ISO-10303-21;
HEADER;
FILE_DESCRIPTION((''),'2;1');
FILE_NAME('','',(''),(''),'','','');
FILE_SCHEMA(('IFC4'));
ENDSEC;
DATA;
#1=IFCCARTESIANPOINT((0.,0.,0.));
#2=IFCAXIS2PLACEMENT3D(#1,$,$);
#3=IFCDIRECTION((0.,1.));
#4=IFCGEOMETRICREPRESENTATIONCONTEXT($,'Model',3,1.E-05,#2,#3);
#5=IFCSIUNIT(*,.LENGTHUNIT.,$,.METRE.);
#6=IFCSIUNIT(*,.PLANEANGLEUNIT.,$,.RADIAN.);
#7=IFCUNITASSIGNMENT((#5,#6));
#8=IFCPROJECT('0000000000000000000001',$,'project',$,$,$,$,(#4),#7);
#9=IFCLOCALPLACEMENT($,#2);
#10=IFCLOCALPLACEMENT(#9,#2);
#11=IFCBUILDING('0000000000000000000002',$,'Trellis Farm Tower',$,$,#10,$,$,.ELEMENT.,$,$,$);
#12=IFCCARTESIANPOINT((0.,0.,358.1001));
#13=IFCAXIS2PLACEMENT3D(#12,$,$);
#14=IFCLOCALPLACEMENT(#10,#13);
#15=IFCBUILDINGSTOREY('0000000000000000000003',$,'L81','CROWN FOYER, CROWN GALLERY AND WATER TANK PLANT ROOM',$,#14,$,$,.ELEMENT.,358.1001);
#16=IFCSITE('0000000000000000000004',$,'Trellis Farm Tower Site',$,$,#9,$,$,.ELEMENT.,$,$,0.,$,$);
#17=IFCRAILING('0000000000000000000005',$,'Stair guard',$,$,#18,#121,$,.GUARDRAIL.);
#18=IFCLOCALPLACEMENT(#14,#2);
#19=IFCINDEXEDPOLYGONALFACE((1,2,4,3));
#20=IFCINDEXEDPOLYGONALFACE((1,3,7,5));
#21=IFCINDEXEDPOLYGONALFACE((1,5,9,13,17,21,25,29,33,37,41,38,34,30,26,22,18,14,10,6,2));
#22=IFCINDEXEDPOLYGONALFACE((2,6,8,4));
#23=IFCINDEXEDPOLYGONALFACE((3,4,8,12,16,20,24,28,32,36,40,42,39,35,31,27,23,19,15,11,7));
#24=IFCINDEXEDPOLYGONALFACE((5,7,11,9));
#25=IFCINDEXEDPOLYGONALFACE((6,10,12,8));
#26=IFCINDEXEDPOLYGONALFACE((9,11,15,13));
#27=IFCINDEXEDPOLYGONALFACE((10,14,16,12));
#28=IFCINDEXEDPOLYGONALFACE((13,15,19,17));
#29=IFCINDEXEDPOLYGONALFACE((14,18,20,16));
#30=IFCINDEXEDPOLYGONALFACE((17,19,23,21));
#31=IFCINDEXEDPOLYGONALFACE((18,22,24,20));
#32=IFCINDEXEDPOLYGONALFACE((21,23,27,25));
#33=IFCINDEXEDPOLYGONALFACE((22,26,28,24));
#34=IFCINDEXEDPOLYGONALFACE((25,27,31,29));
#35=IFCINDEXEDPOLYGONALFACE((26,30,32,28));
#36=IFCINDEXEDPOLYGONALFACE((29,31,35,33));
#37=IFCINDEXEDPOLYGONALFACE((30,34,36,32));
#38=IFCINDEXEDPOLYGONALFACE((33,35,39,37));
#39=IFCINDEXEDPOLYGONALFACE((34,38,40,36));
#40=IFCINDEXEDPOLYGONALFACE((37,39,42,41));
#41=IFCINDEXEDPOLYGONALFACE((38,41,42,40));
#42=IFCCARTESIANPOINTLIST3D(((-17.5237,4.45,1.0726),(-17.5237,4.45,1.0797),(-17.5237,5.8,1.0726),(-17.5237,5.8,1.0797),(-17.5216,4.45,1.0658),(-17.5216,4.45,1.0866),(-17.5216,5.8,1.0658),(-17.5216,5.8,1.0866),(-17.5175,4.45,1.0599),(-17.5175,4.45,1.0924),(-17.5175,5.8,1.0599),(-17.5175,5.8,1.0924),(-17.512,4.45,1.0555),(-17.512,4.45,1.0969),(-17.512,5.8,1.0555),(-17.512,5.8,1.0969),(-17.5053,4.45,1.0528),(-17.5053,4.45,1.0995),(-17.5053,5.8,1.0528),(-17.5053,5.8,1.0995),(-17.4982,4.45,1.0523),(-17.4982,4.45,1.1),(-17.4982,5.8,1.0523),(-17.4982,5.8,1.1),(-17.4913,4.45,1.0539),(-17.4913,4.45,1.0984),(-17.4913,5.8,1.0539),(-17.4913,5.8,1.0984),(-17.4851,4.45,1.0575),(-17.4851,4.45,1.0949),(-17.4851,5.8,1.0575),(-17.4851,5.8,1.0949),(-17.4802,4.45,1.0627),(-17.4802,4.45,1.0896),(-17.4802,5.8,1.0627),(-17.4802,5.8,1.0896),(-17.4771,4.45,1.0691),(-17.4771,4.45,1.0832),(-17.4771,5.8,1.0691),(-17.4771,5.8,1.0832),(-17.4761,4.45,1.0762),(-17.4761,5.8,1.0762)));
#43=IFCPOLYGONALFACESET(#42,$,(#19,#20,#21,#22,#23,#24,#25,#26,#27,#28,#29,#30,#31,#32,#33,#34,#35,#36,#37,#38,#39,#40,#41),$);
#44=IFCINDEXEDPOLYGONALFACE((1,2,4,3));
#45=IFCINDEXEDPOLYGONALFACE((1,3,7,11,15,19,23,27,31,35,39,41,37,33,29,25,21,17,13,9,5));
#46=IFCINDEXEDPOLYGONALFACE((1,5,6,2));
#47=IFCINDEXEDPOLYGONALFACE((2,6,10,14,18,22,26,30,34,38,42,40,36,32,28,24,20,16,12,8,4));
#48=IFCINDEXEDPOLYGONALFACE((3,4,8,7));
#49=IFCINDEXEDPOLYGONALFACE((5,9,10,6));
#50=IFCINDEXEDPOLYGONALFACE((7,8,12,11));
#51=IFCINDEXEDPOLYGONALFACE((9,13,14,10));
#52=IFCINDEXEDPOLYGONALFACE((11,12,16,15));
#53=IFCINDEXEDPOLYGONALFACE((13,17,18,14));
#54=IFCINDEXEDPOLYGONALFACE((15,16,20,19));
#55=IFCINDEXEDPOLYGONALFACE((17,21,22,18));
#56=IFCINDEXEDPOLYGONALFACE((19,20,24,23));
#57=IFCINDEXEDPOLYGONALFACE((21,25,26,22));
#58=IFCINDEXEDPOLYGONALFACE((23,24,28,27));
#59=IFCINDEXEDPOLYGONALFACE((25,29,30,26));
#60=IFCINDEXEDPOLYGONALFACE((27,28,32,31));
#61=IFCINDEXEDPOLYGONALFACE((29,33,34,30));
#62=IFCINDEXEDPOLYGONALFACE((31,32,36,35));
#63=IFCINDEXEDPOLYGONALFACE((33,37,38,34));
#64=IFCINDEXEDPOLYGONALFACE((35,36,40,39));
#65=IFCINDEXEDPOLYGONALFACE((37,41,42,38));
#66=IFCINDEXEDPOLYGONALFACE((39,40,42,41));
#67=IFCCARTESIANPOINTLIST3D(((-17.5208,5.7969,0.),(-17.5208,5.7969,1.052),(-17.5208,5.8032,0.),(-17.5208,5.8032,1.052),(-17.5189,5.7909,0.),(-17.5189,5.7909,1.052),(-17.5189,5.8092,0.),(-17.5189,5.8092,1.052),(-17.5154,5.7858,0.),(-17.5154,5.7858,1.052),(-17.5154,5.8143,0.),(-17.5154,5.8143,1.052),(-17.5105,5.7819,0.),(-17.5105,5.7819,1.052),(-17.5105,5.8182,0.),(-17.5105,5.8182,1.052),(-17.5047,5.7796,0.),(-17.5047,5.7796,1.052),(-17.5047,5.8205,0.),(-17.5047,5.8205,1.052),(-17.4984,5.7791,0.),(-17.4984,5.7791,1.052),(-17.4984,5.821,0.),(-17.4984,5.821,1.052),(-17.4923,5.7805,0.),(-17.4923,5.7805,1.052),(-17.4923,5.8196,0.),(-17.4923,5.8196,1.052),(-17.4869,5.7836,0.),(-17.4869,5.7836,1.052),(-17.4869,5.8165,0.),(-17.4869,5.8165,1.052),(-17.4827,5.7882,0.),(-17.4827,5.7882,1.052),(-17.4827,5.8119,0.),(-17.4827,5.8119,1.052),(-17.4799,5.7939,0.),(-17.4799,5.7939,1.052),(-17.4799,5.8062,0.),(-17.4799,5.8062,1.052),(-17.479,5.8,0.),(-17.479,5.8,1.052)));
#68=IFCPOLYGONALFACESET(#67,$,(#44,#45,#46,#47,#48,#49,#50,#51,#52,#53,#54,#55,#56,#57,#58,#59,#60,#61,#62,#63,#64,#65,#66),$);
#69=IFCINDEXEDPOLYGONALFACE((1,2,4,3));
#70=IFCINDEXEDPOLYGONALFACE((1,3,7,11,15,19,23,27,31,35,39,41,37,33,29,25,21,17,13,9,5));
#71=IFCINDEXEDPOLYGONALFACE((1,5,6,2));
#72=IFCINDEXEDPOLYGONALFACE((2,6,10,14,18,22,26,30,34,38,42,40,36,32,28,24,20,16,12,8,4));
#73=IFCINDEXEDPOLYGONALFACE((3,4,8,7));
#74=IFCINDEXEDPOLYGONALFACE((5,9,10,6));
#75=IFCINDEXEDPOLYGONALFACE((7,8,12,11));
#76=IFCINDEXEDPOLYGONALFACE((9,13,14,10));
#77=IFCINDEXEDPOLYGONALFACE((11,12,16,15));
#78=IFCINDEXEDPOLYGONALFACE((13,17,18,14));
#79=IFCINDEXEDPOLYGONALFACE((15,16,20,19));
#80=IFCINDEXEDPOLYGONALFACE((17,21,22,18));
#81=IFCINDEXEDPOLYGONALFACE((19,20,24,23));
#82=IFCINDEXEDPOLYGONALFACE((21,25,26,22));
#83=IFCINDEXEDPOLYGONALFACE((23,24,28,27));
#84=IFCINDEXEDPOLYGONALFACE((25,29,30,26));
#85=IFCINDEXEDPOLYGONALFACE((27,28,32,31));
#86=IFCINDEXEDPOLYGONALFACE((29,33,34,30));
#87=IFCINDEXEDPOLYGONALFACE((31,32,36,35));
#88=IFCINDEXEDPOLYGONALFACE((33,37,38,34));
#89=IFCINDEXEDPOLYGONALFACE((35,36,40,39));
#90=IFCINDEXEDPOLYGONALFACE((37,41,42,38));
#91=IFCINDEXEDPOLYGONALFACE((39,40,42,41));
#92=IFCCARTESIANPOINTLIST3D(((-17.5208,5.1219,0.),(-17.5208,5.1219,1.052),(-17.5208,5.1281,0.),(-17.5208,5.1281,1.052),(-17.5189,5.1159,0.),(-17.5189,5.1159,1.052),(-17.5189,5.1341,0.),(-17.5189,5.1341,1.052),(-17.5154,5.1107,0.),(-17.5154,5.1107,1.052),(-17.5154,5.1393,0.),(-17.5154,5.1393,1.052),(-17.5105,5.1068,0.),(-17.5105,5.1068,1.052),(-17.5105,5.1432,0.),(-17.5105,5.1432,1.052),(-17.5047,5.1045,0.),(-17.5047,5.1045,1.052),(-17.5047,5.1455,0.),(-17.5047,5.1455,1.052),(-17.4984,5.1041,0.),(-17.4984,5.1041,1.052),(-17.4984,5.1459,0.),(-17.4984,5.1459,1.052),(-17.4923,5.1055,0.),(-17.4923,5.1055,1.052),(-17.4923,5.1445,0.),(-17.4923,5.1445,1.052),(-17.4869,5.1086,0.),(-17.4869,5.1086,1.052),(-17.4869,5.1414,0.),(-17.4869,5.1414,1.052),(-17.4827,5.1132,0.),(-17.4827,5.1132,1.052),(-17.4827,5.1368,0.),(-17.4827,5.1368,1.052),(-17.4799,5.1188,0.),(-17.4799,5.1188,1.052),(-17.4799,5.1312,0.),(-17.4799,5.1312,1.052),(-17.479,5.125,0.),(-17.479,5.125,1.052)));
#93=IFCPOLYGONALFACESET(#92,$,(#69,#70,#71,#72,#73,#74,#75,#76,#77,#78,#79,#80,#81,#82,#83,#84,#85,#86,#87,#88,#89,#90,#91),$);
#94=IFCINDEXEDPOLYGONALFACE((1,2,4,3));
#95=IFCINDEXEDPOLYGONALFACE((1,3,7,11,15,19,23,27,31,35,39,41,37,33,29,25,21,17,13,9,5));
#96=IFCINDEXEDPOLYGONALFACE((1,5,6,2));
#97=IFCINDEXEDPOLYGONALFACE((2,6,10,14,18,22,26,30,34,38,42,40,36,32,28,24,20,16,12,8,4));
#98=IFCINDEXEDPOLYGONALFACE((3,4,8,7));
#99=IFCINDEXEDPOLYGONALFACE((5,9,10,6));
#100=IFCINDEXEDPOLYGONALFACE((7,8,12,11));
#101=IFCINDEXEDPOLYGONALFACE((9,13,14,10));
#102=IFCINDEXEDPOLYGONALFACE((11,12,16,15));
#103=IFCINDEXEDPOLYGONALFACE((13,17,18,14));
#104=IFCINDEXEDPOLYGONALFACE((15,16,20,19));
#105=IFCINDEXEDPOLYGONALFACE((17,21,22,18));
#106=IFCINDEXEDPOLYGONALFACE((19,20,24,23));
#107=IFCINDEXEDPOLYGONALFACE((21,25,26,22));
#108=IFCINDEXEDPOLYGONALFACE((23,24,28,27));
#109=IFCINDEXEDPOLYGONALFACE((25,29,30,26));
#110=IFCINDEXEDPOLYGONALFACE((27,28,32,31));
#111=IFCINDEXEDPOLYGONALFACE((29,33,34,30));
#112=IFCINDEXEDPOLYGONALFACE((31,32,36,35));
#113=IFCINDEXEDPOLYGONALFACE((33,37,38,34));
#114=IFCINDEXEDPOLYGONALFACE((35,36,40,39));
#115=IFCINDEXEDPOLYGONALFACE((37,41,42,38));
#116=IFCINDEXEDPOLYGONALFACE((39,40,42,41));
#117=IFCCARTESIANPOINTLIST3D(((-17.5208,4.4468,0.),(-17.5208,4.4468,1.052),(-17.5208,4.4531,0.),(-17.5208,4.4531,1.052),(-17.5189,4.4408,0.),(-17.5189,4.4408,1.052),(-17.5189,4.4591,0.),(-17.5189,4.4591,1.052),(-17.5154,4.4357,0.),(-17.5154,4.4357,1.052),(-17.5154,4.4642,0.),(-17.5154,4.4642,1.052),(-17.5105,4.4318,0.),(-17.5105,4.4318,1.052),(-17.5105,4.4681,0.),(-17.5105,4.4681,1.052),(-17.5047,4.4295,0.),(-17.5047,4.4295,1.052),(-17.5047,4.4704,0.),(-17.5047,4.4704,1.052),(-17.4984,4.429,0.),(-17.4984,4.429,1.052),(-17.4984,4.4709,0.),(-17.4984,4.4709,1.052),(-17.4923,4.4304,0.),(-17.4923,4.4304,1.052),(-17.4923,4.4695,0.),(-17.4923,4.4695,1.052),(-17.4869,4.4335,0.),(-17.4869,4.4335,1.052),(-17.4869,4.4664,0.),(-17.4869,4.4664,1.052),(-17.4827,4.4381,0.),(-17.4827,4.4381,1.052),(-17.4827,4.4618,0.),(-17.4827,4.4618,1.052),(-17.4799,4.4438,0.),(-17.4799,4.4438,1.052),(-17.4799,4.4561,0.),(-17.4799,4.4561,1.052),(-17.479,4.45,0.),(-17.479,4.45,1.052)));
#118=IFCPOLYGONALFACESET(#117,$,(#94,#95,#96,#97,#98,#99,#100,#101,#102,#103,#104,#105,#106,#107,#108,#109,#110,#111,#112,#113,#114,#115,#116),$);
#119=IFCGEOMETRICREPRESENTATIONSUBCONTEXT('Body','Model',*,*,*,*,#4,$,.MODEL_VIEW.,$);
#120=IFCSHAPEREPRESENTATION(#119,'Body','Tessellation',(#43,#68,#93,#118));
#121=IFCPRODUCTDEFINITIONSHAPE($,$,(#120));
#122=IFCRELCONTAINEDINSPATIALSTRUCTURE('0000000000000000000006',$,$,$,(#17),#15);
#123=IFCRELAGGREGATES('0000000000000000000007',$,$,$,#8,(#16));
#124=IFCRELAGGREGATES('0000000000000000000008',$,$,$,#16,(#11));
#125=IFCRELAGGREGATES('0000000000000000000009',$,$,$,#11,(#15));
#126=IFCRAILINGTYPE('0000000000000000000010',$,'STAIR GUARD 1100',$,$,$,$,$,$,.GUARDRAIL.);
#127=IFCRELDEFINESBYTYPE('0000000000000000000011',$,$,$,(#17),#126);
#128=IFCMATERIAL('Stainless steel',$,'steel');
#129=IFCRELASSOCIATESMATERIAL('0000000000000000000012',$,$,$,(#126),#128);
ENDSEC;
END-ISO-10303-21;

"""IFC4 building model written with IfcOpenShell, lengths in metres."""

from ifc_helpers import new_model, si_unit, direction, frame, origin, origin_2d, place, context, subcontext, project, spatial, circle, extrude, source, transform, mapped, material, type_object, element, save


model = new_model("IFC4")

# Units and contexts
model_context = context("Model", 3, precision=1e-05, world=origin(), true_north=direction((0.0, 1.0)))
body_context = subcontext(model_context, "Body", "Model", "MODEL_VIEW")
ifc_project = project(units=[si_unit("LENGTHUNIT", "METRE"), si_unit("PLANEANGLEUNIT", "RADIAN")], contexts=[model_context])

# Site, building, storey
site_placement = place(None, origin())
site = spatial("IfcSite", under=ifc_project, at=site_placement, Name="Trellis Farm Tower Site", CompositionType="ELEMENT", RefElevation=0.0)
building_placement = place(site_placement, origin())
building = spatial("IfcBuilding", under=site, at=building_placement, Name="Trellis Farm Tower", CompositionType="ELEMENT")
storey_placement = place(building_placement, frame((0.0, 0.0, 358.1001)))
storey = spatial("IfcBuildingStorey", under=building, at=storey_placement, Name="L81", Description="CROWN FOYER, CROWN GALLERY AND WATER TANK PLANT ROOM", CompositionType="ELEMENT", Elevation=358.1001)

# Railing
ifc_material_1 = material(Name="Stainless steel", Category="steel")
railing_type = type_object("IfcRailingType", Name="STAIR GUARD 1100", PredefinedType="GUARDRAIL", material=ifc_material_1)
shared_shape_1 = source(origin(), body_context, "Body", "SweptSolid", [
    extrude(circle(Radius=0.0239, at=origin_2d()), frame((0.0, 0.0, 1.0762), z_axis=(0.0, -1.0, 0.0), x_axis=(1.0, 0.0, 0.0)), (0.0, 0.0, 1.0), 1.3501),
    extrude(circle(Radius=0.021, at=origin_2d()), origin(), (0.0, 0.0, 1.0), 1.052),
    extrude(circle(Radius=0.021, at=origin_2d()), frame((0.0, -0.675, 0.0)), (0.0, 0.0, 1.0), 1.052),
    extrude(circle(Radius=0.021, at=origin_2d()), frame((0.0, -1.3501, 0.0)), (0.0, 0.0, 1.0), 1.052),
])
for number, where, name in (
    (1, (-17.5, 5.8, 0.0), "Stair guard"),
):
    element("IfcRailing", number, at=place(storey_placement, frame(where)), inside=storey, type_object=railing_type, Name=name, PredefinedType="GUARDRAIL", context=body_context, shape_type="MappedRepresentation", body=[
        mapped(shared_shape_1, transform((0.0, 0.0, 0.0))),
    ])

save(model, "model.ifc")
